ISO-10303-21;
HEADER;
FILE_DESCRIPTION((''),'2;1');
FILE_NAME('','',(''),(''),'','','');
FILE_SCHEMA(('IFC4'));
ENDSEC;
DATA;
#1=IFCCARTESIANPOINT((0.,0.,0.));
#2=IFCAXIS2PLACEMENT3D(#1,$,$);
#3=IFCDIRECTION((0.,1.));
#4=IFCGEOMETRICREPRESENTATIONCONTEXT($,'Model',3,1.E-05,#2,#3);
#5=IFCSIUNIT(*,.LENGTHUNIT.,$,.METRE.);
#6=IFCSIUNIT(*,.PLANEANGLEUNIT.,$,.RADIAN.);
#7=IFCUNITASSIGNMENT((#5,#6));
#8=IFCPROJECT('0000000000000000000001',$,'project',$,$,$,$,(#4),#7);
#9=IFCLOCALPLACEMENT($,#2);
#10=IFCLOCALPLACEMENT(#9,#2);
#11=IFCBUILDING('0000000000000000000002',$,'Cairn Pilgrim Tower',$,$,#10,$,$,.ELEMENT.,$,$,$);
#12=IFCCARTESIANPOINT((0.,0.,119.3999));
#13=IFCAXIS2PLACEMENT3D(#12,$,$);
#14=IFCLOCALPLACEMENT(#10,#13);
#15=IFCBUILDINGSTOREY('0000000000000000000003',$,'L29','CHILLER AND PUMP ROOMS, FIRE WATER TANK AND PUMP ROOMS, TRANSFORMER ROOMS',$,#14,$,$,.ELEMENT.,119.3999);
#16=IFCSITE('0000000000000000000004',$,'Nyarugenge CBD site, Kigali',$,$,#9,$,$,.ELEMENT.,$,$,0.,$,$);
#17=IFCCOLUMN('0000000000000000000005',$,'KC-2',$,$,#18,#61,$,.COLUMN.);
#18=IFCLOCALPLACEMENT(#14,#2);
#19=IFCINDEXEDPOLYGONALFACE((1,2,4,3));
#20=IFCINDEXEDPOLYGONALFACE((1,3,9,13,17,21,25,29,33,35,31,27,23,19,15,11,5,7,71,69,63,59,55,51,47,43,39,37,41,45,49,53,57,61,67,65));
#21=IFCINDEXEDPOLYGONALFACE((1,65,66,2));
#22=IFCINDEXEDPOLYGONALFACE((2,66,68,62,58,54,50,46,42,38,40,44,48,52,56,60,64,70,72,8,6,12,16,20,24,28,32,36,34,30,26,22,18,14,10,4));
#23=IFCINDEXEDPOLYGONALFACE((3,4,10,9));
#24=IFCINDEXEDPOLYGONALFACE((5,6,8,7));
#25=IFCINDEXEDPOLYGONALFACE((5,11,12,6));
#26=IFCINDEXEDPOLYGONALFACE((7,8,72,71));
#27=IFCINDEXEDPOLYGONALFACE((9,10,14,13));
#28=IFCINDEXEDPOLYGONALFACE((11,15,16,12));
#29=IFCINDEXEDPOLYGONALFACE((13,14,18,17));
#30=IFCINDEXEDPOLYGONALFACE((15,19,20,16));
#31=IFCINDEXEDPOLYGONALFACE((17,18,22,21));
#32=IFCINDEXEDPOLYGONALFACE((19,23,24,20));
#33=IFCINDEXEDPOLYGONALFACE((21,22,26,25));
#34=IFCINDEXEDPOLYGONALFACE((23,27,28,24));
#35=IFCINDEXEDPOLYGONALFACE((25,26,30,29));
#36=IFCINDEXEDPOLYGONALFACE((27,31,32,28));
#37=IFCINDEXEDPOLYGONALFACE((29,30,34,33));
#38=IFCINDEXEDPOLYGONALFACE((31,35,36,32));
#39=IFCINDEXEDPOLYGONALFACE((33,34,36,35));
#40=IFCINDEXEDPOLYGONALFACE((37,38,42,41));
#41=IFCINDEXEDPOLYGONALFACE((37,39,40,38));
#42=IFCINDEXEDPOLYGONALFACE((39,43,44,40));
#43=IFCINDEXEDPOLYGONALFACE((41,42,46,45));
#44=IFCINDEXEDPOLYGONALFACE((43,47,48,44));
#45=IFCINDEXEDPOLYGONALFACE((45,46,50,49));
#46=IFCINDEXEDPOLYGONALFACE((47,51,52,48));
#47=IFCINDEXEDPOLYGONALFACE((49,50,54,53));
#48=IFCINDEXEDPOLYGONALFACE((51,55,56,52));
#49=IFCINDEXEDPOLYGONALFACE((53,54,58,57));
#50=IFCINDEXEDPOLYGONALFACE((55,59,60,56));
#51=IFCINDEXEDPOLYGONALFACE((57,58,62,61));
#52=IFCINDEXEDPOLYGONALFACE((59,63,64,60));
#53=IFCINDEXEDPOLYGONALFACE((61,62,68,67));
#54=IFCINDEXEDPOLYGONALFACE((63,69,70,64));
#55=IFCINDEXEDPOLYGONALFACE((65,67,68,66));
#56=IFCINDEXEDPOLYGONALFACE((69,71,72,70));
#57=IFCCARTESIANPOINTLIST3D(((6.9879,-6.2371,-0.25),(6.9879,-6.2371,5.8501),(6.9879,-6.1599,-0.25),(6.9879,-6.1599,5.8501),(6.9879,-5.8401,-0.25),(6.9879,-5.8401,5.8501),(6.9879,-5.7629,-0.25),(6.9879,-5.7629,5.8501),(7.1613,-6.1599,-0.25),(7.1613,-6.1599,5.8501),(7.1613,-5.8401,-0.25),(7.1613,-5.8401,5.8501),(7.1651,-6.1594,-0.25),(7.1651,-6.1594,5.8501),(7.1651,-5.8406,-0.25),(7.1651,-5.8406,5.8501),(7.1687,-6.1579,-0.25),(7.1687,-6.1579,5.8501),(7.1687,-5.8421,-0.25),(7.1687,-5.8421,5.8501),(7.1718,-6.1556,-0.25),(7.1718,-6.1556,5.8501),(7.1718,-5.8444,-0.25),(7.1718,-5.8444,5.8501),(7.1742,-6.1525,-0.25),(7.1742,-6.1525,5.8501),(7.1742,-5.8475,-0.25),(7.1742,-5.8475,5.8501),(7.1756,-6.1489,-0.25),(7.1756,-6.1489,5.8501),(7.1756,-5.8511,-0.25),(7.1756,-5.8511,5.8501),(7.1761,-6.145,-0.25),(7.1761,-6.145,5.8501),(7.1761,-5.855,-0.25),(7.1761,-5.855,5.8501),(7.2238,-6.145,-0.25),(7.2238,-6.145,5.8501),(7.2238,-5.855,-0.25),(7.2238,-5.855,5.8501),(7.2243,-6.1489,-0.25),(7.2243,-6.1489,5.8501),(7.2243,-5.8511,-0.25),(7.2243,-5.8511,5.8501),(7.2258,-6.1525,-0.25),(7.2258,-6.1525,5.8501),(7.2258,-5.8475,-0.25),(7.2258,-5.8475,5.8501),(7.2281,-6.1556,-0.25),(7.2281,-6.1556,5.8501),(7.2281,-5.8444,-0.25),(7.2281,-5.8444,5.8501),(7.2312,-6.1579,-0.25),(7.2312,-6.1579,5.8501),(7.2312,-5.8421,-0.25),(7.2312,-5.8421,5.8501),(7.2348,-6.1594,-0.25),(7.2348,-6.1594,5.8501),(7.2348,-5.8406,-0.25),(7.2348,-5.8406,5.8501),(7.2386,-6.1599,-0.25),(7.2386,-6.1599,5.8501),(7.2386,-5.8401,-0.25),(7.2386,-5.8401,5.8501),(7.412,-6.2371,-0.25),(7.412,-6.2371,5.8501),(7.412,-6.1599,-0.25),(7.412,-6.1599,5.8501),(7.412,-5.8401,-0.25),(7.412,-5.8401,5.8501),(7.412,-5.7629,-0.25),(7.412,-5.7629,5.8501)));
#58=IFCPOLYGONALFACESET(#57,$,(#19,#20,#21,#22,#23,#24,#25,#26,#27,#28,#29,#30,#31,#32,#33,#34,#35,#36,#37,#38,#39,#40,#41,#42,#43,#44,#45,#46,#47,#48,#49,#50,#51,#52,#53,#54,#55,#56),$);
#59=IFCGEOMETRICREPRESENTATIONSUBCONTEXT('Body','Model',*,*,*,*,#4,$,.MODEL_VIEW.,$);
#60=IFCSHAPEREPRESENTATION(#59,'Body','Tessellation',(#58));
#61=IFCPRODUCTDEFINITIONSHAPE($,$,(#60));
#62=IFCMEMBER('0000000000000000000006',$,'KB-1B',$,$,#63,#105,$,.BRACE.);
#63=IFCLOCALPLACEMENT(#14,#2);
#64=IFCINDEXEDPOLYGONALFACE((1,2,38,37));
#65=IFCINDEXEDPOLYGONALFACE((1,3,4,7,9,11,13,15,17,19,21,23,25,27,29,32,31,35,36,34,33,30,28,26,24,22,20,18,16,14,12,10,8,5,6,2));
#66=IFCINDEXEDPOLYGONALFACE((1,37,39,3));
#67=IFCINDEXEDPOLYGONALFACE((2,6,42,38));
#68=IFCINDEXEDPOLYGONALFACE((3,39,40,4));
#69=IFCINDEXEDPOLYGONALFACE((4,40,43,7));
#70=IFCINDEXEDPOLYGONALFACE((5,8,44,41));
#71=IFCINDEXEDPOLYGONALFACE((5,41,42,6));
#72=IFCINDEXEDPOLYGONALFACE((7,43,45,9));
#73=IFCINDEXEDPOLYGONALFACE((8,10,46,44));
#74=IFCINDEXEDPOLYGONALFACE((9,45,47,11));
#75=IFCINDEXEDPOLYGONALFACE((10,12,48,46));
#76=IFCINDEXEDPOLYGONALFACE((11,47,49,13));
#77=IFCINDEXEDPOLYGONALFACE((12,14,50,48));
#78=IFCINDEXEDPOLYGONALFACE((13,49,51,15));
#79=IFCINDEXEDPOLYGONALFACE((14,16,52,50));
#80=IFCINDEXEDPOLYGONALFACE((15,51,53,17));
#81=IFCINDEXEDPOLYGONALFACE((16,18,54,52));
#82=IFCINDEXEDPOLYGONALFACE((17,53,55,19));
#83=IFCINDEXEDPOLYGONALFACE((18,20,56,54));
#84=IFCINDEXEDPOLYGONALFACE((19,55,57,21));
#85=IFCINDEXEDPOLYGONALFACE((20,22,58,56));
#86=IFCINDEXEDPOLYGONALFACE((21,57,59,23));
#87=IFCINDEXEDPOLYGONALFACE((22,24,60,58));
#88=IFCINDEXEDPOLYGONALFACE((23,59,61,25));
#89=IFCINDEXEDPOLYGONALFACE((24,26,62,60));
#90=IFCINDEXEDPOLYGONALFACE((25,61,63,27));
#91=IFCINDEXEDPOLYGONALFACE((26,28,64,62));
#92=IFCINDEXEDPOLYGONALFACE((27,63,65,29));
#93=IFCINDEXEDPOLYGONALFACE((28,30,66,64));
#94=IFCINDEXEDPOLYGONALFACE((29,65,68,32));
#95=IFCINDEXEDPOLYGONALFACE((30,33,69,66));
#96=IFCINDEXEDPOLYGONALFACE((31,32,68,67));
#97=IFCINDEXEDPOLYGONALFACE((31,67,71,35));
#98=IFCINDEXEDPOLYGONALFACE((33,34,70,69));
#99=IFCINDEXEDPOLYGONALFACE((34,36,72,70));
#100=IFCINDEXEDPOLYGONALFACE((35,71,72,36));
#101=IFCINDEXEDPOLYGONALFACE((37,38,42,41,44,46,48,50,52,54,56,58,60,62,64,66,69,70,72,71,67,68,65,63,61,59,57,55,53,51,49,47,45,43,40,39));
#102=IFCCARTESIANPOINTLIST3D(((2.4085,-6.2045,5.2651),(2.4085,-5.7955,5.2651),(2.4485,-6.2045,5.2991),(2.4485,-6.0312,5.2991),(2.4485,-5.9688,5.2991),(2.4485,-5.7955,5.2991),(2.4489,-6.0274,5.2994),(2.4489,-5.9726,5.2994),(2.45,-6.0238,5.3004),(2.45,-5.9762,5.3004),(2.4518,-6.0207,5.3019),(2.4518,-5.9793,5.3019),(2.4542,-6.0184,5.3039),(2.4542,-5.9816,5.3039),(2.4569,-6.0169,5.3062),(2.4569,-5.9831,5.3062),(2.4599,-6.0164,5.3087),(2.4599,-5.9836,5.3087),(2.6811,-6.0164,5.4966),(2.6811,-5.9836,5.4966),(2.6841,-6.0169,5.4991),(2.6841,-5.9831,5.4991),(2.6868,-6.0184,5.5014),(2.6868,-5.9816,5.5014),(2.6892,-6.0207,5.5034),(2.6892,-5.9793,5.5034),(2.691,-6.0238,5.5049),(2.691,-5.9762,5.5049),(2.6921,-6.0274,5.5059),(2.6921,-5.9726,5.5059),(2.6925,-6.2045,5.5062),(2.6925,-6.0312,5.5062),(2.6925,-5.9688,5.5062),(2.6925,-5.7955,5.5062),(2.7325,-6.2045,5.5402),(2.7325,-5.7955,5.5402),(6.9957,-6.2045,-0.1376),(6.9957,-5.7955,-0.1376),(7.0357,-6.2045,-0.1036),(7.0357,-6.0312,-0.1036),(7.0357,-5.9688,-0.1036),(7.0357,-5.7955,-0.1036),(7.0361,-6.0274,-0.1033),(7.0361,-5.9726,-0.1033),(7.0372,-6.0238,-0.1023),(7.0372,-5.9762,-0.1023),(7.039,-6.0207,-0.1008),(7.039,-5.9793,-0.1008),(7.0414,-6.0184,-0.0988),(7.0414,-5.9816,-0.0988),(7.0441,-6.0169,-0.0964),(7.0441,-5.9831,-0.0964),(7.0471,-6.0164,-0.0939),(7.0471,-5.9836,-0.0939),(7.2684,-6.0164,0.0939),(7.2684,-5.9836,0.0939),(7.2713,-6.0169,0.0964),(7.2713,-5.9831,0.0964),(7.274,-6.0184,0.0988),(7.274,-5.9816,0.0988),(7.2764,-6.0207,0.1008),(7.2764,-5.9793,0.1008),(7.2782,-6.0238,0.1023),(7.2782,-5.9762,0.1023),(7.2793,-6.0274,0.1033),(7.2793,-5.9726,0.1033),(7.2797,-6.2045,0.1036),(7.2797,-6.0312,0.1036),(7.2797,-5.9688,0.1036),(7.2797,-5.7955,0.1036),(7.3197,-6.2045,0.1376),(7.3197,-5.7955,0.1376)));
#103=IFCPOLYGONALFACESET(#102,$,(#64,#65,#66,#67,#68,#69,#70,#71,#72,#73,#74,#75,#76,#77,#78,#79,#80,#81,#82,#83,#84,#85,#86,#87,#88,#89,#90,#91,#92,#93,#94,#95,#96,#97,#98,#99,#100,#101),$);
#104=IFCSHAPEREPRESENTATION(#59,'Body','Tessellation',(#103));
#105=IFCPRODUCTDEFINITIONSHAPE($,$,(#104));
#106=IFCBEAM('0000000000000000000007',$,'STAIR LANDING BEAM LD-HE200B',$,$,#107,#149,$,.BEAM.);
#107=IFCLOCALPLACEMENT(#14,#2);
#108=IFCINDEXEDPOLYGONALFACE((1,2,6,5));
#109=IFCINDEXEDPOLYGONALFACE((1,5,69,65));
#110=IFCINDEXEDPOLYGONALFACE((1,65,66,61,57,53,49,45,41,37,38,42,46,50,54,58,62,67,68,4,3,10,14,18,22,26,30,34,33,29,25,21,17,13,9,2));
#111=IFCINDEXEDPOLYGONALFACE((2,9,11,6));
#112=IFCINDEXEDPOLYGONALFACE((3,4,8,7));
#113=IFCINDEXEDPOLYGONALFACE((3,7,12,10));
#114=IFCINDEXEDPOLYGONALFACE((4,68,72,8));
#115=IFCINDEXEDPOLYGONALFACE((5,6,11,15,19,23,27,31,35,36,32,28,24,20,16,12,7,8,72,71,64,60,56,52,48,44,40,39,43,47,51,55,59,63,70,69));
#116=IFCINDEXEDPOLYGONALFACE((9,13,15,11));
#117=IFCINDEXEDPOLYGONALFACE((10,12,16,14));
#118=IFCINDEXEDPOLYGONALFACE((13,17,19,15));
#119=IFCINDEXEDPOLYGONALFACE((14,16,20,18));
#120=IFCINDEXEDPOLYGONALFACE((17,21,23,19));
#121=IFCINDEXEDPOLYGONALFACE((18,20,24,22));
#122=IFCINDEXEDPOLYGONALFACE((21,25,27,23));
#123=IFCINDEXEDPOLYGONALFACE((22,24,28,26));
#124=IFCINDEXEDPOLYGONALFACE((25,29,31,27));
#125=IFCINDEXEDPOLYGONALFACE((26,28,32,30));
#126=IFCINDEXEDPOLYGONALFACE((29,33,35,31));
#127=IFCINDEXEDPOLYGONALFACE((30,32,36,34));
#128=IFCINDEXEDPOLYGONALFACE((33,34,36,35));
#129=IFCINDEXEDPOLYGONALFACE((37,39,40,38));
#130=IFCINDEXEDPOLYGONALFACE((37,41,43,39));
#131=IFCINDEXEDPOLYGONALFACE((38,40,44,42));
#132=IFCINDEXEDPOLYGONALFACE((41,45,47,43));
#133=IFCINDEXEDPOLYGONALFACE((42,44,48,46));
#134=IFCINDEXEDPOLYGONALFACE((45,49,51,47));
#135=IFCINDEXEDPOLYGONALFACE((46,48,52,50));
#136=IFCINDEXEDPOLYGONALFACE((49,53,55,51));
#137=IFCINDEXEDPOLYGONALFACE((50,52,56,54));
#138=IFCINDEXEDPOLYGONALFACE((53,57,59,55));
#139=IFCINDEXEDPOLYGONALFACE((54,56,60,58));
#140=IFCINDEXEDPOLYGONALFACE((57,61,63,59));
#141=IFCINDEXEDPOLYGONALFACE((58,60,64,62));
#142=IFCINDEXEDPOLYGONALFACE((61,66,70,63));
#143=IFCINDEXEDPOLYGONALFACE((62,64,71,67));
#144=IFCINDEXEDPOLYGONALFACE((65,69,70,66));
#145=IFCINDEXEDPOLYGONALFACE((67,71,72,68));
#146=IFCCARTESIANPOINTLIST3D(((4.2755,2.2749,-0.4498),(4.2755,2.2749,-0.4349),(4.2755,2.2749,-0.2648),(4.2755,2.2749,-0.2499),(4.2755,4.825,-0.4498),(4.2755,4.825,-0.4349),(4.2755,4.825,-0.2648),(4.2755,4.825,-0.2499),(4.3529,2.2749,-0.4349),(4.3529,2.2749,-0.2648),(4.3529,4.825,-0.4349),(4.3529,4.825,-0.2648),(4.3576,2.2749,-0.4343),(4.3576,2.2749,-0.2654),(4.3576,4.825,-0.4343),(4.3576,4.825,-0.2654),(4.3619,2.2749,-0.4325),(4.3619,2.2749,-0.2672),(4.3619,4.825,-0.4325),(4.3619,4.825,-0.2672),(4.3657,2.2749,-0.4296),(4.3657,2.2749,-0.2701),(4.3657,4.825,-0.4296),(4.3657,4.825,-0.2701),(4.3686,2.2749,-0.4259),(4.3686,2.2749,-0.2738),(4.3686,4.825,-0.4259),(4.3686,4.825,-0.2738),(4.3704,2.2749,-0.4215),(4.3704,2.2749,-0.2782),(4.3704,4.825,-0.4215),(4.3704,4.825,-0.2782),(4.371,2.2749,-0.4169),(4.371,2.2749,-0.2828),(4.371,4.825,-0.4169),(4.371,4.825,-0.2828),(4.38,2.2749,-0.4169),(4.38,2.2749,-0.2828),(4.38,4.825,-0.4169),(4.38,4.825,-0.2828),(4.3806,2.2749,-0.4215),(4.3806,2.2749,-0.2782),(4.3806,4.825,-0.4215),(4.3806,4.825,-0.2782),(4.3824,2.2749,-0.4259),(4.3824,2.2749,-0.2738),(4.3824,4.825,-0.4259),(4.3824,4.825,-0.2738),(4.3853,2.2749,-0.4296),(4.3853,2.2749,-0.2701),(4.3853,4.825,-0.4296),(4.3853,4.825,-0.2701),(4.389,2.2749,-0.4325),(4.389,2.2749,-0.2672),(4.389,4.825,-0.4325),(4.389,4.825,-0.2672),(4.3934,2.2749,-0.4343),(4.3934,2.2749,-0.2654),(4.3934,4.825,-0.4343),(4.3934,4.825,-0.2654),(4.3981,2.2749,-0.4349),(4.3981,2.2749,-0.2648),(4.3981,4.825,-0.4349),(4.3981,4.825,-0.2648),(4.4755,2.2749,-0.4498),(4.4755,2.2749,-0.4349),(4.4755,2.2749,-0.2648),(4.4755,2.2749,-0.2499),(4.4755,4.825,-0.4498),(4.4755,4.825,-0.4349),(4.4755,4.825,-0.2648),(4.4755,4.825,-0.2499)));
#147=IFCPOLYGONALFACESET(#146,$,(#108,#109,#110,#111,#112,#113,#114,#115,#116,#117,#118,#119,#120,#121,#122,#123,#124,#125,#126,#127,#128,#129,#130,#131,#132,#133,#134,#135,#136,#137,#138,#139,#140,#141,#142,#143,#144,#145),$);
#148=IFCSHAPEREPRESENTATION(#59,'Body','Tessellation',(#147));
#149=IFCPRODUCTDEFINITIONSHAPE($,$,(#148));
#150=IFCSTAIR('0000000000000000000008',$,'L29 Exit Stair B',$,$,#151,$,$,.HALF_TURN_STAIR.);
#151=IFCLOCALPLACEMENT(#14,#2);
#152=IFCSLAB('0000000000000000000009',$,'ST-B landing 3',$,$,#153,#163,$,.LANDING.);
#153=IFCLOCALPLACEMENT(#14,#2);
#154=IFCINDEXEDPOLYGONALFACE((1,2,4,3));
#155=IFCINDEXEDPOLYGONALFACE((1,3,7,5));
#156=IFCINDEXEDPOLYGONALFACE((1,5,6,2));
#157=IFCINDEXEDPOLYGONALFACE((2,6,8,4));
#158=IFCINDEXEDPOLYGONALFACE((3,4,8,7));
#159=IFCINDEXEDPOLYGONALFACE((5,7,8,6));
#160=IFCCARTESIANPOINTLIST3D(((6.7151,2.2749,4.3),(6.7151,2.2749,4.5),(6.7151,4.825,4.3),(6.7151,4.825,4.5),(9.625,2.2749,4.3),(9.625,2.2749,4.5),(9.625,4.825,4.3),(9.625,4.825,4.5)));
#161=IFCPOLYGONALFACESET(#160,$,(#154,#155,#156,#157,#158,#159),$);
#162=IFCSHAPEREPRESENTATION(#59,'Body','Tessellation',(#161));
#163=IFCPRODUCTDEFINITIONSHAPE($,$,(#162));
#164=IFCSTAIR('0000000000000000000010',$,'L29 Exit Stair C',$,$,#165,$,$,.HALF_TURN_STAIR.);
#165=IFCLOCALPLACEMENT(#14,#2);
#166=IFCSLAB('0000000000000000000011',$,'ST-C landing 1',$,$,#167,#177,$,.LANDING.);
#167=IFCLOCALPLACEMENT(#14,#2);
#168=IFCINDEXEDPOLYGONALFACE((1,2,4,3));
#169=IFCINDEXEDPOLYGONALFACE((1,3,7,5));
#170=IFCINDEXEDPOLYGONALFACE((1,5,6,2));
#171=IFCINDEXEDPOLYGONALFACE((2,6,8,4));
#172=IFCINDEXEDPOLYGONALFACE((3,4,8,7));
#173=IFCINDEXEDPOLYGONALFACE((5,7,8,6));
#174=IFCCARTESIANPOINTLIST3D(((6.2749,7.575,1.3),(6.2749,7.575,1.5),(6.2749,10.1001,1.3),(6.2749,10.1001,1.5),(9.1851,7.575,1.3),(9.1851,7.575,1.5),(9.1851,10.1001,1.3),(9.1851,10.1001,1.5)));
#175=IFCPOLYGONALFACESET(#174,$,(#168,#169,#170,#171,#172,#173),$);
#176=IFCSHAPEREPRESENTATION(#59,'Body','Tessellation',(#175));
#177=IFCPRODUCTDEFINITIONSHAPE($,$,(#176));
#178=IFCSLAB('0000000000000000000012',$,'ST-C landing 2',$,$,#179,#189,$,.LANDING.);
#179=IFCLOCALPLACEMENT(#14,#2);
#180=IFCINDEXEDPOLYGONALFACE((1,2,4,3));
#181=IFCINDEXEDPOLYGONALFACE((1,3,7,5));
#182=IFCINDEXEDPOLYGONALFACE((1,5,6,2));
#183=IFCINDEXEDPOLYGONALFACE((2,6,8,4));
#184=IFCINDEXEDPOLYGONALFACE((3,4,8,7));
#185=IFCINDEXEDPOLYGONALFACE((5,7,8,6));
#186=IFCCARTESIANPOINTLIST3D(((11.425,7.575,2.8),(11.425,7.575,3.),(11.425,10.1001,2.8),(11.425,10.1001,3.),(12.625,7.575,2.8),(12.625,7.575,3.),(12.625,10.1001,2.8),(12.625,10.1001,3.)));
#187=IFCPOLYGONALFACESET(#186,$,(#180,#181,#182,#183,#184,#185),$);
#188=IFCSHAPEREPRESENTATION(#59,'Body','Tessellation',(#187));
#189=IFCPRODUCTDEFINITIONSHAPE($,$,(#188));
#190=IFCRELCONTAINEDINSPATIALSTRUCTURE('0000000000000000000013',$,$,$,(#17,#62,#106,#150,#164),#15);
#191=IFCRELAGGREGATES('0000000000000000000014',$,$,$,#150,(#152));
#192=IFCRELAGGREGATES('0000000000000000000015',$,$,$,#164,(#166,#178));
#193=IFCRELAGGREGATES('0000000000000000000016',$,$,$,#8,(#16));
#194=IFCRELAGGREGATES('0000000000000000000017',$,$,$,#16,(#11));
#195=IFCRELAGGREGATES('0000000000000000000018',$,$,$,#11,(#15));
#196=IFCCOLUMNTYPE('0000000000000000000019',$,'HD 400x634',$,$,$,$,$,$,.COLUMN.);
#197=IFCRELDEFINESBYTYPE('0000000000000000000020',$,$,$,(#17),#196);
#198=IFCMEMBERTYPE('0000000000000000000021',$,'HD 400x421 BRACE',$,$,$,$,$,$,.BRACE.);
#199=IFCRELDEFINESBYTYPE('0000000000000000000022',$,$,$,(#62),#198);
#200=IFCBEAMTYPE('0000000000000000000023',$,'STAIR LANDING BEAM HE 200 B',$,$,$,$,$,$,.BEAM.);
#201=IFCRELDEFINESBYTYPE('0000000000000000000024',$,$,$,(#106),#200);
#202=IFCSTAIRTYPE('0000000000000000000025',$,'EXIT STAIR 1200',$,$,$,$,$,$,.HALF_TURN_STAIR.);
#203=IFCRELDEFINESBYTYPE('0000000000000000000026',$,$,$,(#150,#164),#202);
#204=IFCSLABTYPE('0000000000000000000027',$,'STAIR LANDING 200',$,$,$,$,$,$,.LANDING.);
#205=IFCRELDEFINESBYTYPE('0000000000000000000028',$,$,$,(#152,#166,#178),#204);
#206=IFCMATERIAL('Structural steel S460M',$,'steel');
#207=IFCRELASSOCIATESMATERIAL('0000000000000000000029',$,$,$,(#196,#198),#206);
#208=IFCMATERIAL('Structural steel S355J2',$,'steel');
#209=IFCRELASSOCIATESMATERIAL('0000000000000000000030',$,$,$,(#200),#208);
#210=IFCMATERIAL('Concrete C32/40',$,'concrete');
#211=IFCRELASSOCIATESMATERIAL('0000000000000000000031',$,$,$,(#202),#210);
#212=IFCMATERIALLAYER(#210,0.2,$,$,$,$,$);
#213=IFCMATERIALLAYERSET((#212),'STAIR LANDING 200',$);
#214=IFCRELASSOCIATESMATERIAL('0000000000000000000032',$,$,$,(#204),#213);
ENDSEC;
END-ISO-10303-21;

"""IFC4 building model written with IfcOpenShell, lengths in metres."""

from ifc_helpers import new_model, si_unit, direction, frame, origin, origin_2d, place, context, subcontext, project, spatial, polyline, i_section, outline, extrude, material, layer, layer_set, material_profile, profile_set, type_object, element, aggregate, save


model = new_model("IFC4")

# Units and contexts
model_context = context("Model", 3, precision=1e-05, world=origin(), true_north=direction((0.0, 1.0)))
body_context = subcontext(model_context, "Body", "Model", "MODEL_VIEW")
ifc_project = project(units=[si_unit("LENGTHUNIT", "METRE"), si_unit("PLANEANGLEUNIT", "RADIAN")], contexts=[model_context])

# Site, building, storey
site_placement = place(None, origin())
site = spatial("IfcSite", under=ifc_project, at=site_placement, Name="Nyarugenge CBD site, Kigali", CompositionType="ELEMENT", RefElevation=0.0)
building_placement = place(site_placement, origin())
building = spatial("IfcBuilding", under=site, at=building_placement, Name="Cairn Pilgrim Tower", CompositionType="ELEMENT")
storey_placement = place(building_placement, frame((0.0, 0.0, 119.3999)))
storey = spatial("IfcBuildingStorey", under=building, at=storey_placement, Name="L29", Description="CHILLER AND PUMP ROOMS, FIRE WATER TANK AND PUMP ROOMS, TRANSFORMER ROOMS", CompositionType="ELEMENT", Elevation=119.3999)

# Column
ifc_material_1 = material(Name="Structural steel S460M", Category="steel")
ifc_material_profile_1 = material_profile(ifc_material_1, i_section(OverallWidth=0.4241, OverallDepth=0.4741, WebThickness=0.0476, FlangeThickness=0.0771, FilletRadius=0.0149, at=origin_2d()), Name="HD 400x634")
ifc_profile_set_1 = profile_set([ifc_material_profile_1], Name="Structural steel S460M")
column_type = type_object("IfcColumnType", Name="HD 400x634", PredefinedType="COLUMN", material=ifc_profile_set_1)
column_placement = place(storey_placement, frame((7.2, -6.0, -0.25), z_axis=(0.0, 0.0, 1.0), x_axis=(1.0, 0.0, 0.0)))
element("IfcColumn", 1, at=column_placement, inside=storey, type_object=column_type, Name="KC-2", PredefinedType="COLUMN", context=body_context, shape_type="SweptSolid", body=[
    extrude(i_section(OverallWidth=0.4241, OverallDepth=0.4741, WebThickness=0.0476, FlangeThickness=0.0771, FilletRadius=0.0149, at=origin_2d()), origin(), (0.0, 0.0, 1.0), 6.1001),
])

# Member
ifc_material_profile_2 = material_profile(ifc_material_1, i_section(OverallWidth=0.4089, OverallDepth=0.425, WebThickness=0.0327, FlangeThickness=0.0525, FilletRadius=0.0149, at=origin_2d()), Name="HD 400x421")
ifc_profile_set_2 = profile_set([ifc_material_profile_2], Name="Structural steel S460M")
member_type = type_object("IfcMemberType", Name="HD 400x421 BRACE", PredefinedType="BRACE", material=ifc_profile_set_2)
member_placement = place(storey_placement, frame((7.1577, -6.0, 0.0), z_axis=(-0.647235, 0.0, 0.76229), x_axis=(0.0, -1.0, 0.0)))
element("IfcMember", 2, at=member_placement, inside=storey, type_object=member_type, Name="KB-1B", PredefinedType="BRACE", context=body_context, shape_type="SweptSolid", body=[
    extrude(i_section(OverallWidth=0.4089, OverallDepth=0.425, WebThickness=0.0327, FlangeThickness=0.0525, FilletRadius=0.0149, at=origin_2d()), origin(), (0.0, 0.0, 1.0), 7.0874),
])

# Beam
ifc_material_2 = material(Name="Structural steel S355J2", Category="steel")
ifc_material_profile_3 = material_profile(ifc_material_2, i_section(OverallWidth=0.2, OverallDepth=0.2, WebThickness=0.009, FlangeThickness=0.0149, FilletRadius=0.0181, at=origin_2d()), Name="HE 200 B")
ifc_profile_set_3 = profile_set([ifc_material_profile_3], Name="Structural steel S355J2")
beam_type = type_object("IfcBeamType", Name="STAIR LANDING BEAM HE 200 B", PredefinedType="BEAM", material=ifc_profile_set_3)
beam_placement = place(storey_placement, frame((4.3755, 2.2749, -0.3499), z_axis=(0.0, 1.0, 0.0), x_axis=(-1.0, 0.0, 0.0)))
element("IfcBeam", 3, at=beam_placement, inside=storey, type_object=beam_type, Name="STAIR LANDING BEAM LD-HE200B", PredefinedType="BEAM", context=body_context, shape_type="SweptSolid", body=[
    extrude(i_section(OverallWidth=0.2, OverallDepth=0.2, WebThickness=0.009, FlangeThickness=0.0149, FilletRadius=0.0181, at=origin_2d()), origin(), (0.0, 0.0, 1.0), 2.55),
])

# Stair, slab
ifc_material_3 = material(Name="Concrete C32/40", Category="concrete")
stair_type = type_object("IfcStairType", Name="EXIT STAIR 1200", PredefinedType="HALF_TURN_STAIR", material=ifc_material_3)
stair_1_placement = place(storey_placement, origin())
stair_1 = element("IfcStair", 4, at=stair_1_placement, inside=storey, type_object=stair_type, Name="L29 Exit Stair B", PredefinedType="HALF_TURN_STAIR")
ifc_layer_1 = layer(ifc_material_3, 0.2)
ifc_layer_set_1 = layer_set([ifc_layer_1], Name="STAIR LANDING 200")
slab_type = type_object("IfcSlabType", Name="STAIR LANDING 200", PredefinedType="LANDING", material=ifc_layer_set_1)
slab_1_placement = place(storey_placement, frame((0.0, 0.0, 4.3)))
slab_1 = element("IfcSlab", 5, at=slab_1_placement, type_object=slab_type, Name="ST-B landing 3", PredefinedType="LANDING", context=body_context, shape_type="SweptSolid", body=[
    extrude(outline(polyline([(6.7151, 2.2749), (9.625, 2.2749), (9.625, 4.825), (6.7151, 4.825), (6.7151, 2.2749)])), origin(), (0.0, 0.0, 1.0), 0.2),
])
aggregate(stair_1, [slab_1])

# Stair, slabs
stair_2_placement = place(storey_placement, origin())
stair_2 = element("IfcStair", 6, at=stair_2_placement, inside=storey, type_object=stair_type, Name="L29 Exit Stair C", PredefinedType="HALF_TURN_STAIR")
slab_2_placement = place(storey_placement, frame((0.0, 0.0, 1.3)))
slab_2 = element("IfcSlab", 7, at=slab_2_placement, type_object=slab_type, Name="ST-C landing 1", PredefinedType="LANDING", context=body_context, shape_type="SweptSolid", body=[
    extrude(outline(polyline([(9.1851, 10.1001), (6.2749, 10.1001), (6.2749, 7.575), (9.1851, 7.575), (9.1851, 10.1001)])), origin(), (0.0, 0.0, 1.0), 0.2),
])
slab_3_placement = place(storey_placement, frame((0.0, 0.0, 2.8)))
slab_3 = element("IfcSlab", 8, at=slab_3_placement, type_object=slab_type, Name="ST-C landing 2", PredefinedType="LANDING", context=body_context, shape_type="SweptSolid", body=[
    extrude(outline(polyline([(12.625, 10.1001), (11.425, 10.1001), (11.425, 7.575), (12.625, 7.575), (12.625, 10.1001)])), origin(), (0.0, 0.0, 1.0), 0.2),
])
aggregate(stair_2, [slab_2, slab_3])

save(model, "model.ifc")
